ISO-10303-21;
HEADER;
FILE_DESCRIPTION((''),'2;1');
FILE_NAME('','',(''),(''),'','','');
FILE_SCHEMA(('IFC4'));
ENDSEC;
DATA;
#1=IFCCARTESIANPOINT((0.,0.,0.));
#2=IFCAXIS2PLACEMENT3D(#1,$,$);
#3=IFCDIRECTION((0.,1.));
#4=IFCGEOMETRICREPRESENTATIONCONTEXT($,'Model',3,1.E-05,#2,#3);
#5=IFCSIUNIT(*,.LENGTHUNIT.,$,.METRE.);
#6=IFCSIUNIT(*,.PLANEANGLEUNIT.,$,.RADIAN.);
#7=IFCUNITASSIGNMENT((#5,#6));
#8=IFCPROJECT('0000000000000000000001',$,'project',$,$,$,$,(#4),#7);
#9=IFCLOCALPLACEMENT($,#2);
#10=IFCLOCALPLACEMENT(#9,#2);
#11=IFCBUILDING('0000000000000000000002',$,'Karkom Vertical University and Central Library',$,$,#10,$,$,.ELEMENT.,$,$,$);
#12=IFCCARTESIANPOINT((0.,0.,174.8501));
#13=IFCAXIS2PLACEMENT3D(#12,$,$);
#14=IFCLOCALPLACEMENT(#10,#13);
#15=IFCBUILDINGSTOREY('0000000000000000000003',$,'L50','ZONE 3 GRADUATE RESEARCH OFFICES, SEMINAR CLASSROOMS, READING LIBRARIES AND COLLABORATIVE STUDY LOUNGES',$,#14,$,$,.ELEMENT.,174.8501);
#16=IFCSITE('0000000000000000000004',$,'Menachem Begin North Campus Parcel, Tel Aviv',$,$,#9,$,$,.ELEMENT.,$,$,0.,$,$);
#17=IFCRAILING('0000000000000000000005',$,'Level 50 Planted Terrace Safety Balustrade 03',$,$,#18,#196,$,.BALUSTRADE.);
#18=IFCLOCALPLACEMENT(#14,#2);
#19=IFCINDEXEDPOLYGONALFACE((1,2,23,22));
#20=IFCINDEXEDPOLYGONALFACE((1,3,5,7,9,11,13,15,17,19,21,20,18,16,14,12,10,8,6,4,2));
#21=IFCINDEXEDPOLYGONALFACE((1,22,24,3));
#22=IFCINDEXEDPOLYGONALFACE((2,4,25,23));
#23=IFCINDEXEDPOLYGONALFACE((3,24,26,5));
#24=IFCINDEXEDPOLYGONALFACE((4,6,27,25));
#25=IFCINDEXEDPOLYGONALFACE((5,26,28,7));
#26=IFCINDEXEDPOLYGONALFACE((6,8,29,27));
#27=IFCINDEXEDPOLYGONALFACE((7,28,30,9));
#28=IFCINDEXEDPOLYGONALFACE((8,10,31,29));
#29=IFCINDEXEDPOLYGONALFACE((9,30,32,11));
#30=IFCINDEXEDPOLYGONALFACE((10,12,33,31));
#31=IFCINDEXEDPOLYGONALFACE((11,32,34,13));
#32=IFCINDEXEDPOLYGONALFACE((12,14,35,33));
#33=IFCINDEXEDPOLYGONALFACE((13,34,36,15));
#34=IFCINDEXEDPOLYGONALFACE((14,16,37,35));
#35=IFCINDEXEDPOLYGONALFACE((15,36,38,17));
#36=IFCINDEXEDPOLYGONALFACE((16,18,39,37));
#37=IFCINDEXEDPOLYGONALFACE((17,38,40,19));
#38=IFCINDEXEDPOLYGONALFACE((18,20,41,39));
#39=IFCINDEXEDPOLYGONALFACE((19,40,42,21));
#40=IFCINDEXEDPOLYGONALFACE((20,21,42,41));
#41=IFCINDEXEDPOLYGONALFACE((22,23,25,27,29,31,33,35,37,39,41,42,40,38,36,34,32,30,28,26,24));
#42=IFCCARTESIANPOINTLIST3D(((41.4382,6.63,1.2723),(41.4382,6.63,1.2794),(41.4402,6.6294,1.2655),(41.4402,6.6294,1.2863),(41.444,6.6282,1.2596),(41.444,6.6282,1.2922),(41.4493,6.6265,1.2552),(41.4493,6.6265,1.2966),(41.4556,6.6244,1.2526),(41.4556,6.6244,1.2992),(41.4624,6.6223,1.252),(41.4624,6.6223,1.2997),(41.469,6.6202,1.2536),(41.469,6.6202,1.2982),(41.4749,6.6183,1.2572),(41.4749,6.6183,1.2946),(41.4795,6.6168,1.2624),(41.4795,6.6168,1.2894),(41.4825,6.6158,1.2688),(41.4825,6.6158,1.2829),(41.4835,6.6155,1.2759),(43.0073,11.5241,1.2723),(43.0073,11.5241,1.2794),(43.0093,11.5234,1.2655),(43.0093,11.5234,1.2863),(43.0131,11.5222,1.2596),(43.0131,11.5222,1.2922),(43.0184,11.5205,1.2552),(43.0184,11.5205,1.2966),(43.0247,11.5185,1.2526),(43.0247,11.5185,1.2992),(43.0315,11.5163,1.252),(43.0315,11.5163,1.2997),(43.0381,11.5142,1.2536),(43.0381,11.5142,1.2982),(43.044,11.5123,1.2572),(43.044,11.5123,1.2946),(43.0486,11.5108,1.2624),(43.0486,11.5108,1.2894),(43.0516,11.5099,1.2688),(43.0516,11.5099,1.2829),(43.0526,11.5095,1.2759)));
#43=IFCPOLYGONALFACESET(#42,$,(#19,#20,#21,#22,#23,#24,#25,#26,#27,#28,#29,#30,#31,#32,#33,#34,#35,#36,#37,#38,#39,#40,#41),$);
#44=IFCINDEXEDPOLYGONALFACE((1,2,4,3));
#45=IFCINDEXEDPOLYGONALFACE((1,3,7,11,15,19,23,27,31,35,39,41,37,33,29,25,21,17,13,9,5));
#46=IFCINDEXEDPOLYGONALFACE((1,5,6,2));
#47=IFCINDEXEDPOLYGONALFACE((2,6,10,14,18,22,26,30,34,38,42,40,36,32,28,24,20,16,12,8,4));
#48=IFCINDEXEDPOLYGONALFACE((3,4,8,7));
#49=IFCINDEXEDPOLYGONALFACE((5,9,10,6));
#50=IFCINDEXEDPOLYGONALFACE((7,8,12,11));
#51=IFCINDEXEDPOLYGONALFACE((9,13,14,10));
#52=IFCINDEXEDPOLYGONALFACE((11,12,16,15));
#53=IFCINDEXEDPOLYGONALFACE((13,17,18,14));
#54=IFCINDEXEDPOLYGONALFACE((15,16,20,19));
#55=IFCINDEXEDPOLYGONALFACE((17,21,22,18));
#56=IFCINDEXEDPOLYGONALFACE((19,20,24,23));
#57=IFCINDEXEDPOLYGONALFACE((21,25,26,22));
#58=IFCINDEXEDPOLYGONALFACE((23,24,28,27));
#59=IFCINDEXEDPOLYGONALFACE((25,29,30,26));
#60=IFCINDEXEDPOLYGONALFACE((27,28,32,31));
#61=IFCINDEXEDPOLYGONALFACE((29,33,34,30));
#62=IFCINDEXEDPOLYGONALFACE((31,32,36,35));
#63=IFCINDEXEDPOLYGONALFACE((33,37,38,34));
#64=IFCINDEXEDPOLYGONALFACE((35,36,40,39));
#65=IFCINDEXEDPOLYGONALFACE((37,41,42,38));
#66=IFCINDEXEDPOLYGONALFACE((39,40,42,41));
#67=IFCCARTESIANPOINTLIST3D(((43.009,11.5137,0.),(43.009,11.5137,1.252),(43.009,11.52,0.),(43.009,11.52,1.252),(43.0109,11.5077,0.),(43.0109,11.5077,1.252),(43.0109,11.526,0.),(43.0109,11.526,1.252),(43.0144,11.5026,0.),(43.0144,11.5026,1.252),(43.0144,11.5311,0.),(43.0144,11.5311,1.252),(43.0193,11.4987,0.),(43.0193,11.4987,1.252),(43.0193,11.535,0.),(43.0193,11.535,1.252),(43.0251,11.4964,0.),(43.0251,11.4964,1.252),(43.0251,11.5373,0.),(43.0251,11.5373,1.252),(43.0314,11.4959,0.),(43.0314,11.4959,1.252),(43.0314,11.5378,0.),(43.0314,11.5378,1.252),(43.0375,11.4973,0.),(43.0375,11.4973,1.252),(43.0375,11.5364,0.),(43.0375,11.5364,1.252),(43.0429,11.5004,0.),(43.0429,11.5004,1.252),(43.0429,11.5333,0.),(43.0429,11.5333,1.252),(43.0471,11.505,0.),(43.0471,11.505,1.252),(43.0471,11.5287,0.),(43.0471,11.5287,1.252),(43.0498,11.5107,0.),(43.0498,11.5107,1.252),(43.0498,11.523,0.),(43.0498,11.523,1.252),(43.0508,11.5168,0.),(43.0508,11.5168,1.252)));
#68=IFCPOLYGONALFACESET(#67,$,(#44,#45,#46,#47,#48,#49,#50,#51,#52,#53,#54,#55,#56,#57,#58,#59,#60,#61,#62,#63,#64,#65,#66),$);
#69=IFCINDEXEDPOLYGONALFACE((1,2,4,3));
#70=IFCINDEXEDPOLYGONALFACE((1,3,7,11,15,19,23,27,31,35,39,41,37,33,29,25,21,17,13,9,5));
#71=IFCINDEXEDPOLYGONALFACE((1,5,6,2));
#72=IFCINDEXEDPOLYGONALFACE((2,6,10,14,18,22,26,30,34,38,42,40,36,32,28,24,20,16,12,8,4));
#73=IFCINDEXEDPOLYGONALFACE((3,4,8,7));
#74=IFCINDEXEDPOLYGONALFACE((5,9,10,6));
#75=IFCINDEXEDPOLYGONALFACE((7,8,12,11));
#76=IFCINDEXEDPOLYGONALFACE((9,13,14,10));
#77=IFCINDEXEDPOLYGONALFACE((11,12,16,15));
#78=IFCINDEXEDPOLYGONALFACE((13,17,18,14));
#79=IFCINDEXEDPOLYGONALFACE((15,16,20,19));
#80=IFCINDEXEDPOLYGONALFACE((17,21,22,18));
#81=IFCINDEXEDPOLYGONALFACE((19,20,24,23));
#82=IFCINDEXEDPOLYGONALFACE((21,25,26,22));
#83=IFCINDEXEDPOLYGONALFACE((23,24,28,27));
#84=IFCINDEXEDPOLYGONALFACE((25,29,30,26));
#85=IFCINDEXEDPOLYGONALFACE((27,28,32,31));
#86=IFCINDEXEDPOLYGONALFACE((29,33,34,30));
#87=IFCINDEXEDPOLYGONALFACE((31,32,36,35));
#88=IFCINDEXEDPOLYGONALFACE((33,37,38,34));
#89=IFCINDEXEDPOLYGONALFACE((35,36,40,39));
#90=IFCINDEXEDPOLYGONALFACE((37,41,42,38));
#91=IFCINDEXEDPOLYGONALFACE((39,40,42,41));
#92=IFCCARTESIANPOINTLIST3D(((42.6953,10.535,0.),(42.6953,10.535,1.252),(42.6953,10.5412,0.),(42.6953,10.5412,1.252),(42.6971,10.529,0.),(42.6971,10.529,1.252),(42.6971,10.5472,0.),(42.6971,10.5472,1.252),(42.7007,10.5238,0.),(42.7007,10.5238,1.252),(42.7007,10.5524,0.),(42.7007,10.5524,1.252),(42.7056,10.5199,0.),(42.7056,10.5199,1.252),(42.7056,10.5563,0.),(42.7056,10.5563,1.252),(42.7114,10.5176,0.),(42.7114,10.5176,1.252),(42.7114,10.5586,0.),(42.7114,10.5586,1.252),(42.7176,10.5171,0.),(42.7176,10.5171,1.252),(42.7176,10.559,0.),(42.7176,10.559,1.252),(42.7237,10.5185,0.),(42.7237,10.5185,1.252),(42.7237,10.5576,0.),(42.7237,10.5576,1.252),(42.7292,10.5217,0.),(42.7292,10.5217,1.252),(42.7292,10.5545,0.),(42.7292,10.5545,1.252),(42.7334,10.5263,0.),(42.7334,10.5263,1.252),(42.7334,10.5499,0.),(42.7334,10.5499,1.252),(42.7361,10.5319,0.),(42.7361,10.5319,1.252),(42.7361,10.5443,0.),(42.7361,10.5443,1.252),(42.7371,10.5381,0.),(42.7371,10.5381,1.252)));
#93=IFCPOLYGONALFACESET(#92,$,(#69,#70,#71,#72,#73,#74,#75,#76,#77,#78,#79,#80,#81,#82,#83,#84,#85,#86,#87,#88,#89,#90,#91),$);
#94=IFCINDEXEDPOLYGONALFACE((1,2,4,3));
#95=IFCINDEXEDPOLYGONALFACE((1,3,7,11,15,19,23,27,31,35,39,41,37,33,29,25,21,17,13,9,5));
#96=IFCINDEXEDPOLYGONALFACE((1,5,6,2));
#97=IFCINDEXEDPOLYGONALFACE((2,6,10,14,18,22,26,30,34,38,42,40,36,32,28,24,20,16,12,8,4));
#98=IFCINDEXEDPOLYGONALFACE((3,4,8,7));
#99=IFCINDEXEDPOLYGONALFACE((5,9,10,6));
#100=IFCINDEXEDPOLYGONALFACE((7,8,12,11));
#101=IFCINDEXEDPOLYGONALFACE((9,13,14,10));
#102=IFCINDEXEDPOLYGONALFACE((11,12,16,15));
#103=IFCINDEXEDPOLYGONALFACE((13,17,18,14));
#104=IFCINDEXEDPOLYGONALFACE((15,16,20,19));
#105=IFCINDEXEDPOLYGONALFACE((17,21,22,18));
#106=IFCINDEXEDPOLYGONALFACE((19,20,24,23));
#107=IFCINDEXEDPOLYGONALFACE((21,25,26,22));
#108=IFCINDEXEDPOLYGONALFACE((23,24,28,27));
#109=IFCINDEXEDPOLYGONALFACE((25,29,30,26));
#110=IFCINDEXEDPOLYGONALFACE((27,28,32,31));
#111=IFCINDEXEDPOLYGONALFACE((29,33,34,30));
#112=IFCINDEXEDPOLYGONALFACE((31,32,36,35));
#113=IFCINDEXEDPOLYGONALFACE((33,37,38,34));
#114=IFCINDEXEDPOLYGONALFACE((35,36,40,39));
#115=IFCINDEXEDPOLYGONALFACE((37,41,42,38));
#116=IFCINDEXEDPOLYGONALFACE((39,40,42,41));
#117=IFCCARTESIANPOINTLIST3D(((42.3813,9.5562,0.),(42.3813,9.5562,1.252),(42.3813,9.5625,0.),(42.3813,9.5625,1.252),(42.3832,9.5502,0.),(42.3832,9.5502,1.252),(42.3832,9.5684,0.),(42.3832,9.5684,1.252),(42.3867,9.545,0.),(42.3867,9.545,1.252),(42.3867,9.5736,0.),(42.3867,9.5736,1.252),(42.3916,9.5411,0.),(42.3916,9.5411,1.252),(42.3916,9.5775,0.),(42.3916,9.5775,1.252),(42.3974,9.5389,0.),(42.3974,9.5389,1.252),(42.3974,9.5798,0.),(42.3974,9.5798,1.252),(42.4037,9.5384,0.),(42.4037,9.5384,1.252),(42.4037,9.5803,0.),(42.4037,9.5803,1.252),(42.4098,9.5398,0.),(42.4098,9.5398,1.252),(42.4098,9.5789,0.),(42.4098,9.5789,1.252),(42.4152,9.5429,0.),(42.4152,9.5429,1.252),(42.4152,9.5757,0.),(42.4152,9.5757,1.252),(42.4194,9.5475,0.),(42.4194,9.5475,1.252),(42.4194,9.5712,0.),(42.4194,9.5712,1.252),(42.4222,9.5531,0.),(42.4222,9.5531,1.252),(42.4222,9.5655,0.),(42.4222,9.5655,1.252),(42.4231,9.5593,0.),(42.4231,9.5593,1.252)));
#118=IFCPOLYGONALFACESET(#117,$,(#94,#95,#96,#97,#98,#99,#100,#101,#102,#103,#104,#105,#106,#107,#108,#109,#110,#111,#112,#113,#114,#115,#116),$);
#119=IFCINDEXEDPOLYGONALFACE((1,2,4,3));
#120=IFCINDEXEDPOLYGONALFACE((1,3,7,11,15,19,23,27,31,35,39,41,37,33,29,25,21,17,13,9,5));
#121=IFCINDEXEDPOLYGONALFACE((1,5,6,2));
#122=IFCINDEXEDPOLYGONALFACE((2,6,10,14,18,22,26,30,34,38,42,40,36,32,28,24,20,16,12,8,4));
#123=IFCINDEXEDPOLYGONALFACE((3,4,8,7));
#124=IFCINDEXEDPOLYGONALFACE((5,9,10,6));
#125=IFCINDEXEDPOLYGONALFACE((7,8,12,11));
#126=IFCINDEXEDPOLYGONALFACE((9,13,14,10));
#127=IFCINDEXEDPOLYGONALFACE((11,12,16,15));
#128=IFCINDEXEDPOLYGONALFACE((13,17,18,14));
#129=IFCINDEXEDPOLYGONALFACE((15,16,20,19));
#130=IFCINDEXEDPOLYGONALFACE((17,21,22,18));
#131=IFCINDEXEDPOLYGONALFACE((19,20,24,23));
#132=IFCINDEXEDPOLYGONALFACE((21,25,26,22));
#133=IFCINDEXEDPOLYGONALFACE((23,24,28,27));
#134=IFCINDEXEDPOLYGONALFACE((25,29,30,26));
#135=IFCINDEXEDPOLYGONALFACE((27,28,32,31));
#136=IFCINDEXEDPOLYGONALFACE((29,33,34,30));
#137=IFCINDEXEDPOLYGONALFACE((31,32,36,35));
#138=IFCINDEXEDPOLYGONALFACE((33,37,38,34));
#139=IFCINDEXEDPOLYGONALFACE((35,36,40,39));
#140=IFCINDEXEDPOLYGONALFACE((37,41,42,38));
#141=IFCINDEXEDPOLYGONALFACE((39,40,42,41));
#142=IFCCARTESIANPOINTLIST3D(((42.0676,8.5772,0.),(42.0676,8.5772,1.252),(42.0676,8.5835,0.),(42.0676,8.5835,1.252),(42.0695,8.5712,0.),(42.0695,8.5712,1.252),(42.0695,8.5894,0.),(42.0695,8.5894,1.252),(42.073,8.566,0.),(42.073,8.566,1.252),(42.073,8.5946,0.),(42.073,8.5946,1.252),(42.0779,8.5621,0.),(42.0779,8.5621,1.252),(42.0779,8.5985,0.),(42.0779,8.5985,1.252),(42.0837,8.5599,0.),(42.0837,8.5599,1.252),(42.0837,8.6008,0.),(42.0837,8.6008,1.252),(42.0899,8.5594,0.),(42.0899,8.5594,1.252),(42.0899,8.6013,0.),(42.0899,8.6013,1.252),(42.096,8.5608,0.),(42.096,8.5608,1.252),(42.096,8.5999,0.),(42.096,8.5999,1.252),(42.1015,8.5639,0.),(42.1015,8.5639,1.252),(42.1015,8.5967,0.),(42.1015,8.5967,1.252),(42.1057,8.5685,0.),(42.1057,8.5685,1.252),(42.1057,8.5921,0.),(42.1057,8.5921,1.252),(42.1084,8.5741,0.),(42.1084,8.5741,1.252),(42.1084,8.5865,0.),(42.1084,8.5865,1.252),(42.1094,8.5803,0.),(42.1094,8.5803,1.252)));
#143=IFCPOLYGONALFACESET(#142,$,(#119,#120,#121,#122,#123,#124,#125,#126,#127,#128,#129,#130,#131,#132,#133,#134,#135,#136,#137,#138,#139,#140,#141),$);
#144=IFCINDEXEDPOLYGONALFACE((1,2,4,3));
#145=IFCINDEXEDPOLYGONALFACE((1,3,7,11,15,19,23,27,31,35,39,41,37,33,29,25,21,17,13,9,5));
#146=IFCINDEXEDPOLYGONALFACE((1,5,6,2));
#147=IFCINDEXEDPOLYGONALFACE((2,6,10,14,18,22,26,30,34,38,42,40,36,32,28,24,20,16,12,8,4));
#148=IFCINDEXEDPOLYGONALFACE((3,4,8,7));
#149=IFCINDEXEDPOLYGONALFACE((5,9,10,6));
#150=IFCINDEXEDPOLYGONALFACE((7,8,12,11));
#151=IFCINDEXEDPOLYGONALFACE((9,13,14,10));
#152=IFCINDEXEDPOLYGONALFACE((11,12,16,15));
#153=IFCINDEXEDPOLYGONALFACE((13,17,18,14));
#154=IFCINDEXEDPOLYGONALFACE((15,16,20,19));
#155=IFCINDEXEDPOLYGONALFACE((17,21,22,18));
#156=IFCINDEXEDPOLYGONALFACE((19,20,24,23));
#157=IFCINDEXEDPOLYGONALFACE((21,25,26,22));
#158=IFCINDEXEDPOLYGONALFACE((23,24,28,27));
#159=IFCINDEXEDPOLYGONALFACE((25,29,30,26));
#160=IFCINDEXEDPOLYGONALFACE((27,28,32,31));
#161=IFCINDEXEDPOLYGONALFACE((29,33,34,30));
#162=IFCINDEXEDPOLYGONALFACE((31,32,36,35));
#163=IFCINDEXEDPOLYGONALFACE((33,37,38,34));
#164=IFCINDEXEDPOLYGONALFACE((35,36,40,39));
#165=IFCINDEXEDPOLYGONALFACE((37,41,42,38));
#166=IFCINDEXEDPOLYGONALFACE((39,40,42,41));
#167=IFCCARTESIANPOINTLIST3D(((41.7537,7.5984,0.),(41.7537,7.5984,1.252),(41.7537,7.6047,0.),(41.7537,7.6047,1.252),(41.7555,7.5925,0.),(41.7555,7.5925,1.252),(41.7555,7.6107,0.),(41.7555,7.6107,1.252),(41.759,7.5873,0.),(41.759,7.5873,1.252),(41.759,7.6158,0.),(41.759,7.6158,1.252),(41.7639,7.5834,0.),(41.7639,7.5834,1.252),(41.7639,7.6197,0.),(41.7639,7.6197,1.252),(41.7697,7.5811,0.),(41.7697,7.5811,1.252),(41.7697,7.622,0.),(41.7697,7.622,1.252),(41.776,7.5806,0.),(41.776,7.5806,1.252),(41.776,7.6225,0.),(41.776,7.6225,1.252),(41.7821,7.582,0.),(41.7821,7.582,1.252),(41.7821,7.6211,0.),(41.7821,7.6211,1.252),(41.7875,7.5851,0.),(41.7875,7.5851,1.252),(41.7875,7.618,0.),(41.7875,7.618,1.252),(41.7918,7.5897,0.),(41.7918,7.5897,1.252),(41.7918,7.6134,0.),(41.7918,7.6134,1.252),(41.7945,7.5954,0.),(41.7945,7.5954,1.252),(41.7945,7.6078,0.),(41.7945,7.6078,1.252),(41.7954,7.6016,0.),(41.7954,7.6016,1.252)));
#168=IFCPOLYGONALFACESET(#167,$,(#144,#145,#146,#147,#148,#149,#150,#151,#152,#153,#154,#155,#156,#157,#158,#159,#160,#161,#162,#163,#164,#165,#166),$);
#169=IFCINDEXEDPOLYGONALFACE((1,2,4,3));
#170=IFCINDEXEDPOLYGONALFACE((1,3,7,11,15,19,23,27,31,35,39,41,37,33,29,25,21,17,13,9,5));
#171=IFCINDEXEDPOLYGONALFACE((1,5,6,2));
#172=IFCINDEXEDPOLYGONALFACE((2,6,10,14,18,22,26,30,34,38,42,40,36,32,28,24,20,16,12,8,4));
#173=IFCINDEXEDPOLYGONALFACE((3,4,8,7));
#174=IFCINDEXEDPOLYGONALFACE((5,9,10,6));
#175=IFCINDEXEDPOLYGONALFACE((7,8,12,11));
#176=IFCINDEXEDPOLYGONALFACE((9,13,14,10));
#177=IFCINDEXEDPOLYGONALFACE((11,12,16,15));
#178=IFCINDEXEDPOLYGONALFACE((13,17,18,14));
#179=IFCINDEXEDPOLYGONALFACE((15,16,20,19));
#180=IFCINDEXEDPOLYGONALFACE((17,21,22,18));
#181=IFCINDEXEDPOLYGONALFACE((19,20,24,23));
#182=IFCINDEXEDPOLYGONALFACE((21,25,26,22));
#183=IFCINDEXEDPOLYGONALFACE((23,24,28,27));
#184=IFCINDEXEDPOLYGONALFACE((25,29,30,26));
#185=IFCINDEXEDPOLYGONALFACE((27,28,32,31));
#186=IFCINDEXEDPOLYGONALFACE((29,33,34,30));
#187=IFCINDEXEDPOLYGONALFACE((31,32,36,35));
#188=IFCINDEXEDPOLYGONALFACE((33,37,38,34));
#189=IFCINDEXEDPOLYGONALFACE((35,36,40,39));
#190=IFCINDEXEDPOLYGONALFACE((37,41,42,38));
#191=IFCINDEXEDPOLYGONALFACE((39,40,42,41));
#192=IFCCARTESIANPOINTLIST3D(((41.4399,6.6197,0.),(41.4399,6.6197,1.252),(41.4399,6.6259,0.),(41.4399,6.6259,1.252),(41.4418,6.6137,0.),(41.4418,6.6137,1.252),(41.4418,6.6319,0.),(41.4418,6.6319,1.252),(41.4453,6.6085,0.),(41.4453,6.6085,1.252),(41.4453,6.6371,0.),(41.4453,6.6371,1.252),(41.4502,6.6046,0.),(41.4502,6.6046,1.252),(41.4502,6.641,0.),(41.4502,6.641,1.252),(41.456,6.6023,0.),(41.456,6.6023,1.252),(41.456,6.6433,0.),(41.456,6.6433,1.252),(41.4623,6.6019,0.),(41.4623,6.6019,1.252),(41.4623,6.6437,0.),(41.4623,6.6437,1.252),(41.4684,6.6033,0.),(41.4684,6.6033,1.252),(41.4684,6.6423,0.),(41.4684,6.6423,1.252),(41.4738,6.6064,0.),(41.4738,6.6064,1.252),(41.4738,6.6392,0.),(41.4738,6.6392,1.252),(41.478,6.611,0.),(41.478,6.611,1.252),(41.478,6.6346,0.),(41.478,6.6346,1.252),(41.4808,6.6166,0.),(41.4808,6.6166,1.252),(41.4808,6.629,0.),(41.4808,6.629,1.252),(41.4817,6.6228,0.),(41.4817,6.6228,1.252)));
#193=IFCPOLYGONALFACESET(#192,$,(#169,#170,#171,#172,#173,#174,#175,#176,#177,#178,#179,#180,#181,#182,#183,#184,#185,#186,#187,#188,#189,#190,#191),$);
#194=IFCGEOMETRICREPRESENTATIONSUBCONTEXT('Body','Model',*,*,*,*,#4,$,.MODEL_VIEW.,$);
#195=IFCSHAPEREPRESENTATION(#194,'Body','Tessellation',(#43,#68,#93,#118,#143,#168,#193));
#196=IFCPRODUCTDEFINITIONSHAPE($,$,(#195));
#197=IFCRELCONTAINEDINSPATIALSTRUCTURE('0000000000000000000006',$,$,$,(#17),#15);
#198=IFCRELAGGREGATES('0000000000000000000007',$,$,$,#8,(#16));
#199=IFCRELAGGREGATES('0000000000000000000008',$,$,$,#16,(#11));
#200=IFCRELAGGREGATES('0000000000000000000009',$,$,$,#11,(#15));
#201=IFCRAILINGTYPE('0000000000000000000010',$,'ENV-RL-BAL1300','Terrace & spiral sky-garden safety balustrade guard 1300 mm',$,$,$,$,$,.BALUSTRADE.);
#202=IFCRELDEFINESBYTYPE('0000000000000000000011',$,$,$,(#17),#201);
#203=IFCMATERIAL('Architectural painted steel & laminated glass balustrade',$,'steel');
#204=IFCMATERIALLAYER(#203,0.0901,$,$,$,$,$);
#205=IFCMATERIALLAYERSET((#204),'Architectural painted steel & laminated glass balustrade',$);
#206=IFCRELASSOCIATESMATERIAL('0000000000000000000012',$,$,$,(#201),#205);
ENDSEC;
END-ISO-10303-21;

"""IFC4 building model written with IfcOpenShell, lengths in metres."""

from ifc_helpers import new_model, si_unit, direction, frame, origin, origin_2d, place, context, subcontext, project, spatial, circle, extrude, material, layer, layer_set, type_object, element, save


model = new_model("IFC4")

# Units and contexts
model_context = context("Model", 3, precision=1e-05, world=origin(), true_north=direction((0.0, 1.0)))
body_context = subcontext(model_context, "Body", "Model", "MODEL_VIEW")
ifc_project = project(units=[si_unit("LENGTHUNIT", "METRE"), si_unit("PLANEANGLEUNIT", "RADIAN")], contexts=[model_context])

# Site, building, storey
site_placement = place(None, origin())
site = spatial("IfcSite", under=ifc_project, at=site_placement, Name="Menachem Begin North Campus Parcel, Tel Aviv", CompositionType="ELEMENT", RefElevation=0.0)
building_placement = place(site_placement, origin())
building = spatial("IfcBuilding", under=site, at=building_placement, Name="Karkom Vertical University and Central Library", CompositionType="ELEMENT")
storey_placement = place(building_placement, frame((0.0, 0.0, 174.8501)))
storey = spatial("IfcBuildingStorey", under=building, at=storey_placement, Name="L50", Description="ZONE 3 GRADUATE RESEARCH OFFICES, SEMINAR CLASSROOMS, READING LIBRARIES AND COLLABORATIVE STUDY LOUNGES", CompositionType="ELEMENT", Elevation=174.8501)

# Railing
ifc_material_1 = material(Name="Architectural painted steel & laminated glass balustrade", Category="steel")
ifc_layer_1 = layer(ifc_material_1, 0.0901)
ifc_layer_set_1 = layer_set([ifc_layer_1], Name="Architectural painted steel & laminated glass balustrade")
railing_type = type_object("IfcRailingType", Name="ENV-RL-BAL1300", Description="Terrace & spiral sky-garden safety balustrade guard 1300 mm", PredefinedType="BALUSTRADE", material=ifc_layer_set_1)
railing_1_placement = place(storey_placement, frame((43.0298, 11.5168, 0.0)))
element("IfcRailing", 1, at=railing_1_placement, inside=storey, type_object=railing_type, Name="Level 50 Planted Terrace Safety Balustrade 03", PredefinedType="BALUSTRADE", context=body_context, shape_type="SweptSolid", body=[
    extrude(circle(Radius=0.0239, at=origin_2d()), frame((0.0, 0.0, 1.2759), z_axis=(-0.305305, -0.952255, 0.0), x_axis=(0.952255, -0.305305, 0.0)), (0.0, 0.0, 1.0), 5.1394),
    extrude(circle(Radius=0.021, at=origin_2d()), origin(), (0.0, 0.0, 1.0), 1.252),
    extrude(circle(Radius=0.021, at=origin_2d()), frame((-0.3137, -0.9788, 0.0)), (0.0, 0.0, 1.0), 1.252),
    extrude(circle(Radius=0.021, at=origin_2d()), frame((-0.6277, -1.9575, 0.0)), (0.0, 0.0, 1.0), 1.252),
    extrude(circle(Radius=0.021, at=origin_2d()), frame((-0.9414, -2.9365, 0.0)), (0.0, 0.0, 1.0), 1.252),
    extrude(circle(Radius=0.021, at=origin_2d()), frame((-1.2554, -3.9153, 0.0)), (0.0, 0.0, 1.0), 1.252),
    extrude(circle(Radius=0.021, at=origin_2d()), frame((-1.5691, -4.894, 0.0)), (0.0, 0.0, 1.0), 1.252),
])

save(model, "model.ifc")
